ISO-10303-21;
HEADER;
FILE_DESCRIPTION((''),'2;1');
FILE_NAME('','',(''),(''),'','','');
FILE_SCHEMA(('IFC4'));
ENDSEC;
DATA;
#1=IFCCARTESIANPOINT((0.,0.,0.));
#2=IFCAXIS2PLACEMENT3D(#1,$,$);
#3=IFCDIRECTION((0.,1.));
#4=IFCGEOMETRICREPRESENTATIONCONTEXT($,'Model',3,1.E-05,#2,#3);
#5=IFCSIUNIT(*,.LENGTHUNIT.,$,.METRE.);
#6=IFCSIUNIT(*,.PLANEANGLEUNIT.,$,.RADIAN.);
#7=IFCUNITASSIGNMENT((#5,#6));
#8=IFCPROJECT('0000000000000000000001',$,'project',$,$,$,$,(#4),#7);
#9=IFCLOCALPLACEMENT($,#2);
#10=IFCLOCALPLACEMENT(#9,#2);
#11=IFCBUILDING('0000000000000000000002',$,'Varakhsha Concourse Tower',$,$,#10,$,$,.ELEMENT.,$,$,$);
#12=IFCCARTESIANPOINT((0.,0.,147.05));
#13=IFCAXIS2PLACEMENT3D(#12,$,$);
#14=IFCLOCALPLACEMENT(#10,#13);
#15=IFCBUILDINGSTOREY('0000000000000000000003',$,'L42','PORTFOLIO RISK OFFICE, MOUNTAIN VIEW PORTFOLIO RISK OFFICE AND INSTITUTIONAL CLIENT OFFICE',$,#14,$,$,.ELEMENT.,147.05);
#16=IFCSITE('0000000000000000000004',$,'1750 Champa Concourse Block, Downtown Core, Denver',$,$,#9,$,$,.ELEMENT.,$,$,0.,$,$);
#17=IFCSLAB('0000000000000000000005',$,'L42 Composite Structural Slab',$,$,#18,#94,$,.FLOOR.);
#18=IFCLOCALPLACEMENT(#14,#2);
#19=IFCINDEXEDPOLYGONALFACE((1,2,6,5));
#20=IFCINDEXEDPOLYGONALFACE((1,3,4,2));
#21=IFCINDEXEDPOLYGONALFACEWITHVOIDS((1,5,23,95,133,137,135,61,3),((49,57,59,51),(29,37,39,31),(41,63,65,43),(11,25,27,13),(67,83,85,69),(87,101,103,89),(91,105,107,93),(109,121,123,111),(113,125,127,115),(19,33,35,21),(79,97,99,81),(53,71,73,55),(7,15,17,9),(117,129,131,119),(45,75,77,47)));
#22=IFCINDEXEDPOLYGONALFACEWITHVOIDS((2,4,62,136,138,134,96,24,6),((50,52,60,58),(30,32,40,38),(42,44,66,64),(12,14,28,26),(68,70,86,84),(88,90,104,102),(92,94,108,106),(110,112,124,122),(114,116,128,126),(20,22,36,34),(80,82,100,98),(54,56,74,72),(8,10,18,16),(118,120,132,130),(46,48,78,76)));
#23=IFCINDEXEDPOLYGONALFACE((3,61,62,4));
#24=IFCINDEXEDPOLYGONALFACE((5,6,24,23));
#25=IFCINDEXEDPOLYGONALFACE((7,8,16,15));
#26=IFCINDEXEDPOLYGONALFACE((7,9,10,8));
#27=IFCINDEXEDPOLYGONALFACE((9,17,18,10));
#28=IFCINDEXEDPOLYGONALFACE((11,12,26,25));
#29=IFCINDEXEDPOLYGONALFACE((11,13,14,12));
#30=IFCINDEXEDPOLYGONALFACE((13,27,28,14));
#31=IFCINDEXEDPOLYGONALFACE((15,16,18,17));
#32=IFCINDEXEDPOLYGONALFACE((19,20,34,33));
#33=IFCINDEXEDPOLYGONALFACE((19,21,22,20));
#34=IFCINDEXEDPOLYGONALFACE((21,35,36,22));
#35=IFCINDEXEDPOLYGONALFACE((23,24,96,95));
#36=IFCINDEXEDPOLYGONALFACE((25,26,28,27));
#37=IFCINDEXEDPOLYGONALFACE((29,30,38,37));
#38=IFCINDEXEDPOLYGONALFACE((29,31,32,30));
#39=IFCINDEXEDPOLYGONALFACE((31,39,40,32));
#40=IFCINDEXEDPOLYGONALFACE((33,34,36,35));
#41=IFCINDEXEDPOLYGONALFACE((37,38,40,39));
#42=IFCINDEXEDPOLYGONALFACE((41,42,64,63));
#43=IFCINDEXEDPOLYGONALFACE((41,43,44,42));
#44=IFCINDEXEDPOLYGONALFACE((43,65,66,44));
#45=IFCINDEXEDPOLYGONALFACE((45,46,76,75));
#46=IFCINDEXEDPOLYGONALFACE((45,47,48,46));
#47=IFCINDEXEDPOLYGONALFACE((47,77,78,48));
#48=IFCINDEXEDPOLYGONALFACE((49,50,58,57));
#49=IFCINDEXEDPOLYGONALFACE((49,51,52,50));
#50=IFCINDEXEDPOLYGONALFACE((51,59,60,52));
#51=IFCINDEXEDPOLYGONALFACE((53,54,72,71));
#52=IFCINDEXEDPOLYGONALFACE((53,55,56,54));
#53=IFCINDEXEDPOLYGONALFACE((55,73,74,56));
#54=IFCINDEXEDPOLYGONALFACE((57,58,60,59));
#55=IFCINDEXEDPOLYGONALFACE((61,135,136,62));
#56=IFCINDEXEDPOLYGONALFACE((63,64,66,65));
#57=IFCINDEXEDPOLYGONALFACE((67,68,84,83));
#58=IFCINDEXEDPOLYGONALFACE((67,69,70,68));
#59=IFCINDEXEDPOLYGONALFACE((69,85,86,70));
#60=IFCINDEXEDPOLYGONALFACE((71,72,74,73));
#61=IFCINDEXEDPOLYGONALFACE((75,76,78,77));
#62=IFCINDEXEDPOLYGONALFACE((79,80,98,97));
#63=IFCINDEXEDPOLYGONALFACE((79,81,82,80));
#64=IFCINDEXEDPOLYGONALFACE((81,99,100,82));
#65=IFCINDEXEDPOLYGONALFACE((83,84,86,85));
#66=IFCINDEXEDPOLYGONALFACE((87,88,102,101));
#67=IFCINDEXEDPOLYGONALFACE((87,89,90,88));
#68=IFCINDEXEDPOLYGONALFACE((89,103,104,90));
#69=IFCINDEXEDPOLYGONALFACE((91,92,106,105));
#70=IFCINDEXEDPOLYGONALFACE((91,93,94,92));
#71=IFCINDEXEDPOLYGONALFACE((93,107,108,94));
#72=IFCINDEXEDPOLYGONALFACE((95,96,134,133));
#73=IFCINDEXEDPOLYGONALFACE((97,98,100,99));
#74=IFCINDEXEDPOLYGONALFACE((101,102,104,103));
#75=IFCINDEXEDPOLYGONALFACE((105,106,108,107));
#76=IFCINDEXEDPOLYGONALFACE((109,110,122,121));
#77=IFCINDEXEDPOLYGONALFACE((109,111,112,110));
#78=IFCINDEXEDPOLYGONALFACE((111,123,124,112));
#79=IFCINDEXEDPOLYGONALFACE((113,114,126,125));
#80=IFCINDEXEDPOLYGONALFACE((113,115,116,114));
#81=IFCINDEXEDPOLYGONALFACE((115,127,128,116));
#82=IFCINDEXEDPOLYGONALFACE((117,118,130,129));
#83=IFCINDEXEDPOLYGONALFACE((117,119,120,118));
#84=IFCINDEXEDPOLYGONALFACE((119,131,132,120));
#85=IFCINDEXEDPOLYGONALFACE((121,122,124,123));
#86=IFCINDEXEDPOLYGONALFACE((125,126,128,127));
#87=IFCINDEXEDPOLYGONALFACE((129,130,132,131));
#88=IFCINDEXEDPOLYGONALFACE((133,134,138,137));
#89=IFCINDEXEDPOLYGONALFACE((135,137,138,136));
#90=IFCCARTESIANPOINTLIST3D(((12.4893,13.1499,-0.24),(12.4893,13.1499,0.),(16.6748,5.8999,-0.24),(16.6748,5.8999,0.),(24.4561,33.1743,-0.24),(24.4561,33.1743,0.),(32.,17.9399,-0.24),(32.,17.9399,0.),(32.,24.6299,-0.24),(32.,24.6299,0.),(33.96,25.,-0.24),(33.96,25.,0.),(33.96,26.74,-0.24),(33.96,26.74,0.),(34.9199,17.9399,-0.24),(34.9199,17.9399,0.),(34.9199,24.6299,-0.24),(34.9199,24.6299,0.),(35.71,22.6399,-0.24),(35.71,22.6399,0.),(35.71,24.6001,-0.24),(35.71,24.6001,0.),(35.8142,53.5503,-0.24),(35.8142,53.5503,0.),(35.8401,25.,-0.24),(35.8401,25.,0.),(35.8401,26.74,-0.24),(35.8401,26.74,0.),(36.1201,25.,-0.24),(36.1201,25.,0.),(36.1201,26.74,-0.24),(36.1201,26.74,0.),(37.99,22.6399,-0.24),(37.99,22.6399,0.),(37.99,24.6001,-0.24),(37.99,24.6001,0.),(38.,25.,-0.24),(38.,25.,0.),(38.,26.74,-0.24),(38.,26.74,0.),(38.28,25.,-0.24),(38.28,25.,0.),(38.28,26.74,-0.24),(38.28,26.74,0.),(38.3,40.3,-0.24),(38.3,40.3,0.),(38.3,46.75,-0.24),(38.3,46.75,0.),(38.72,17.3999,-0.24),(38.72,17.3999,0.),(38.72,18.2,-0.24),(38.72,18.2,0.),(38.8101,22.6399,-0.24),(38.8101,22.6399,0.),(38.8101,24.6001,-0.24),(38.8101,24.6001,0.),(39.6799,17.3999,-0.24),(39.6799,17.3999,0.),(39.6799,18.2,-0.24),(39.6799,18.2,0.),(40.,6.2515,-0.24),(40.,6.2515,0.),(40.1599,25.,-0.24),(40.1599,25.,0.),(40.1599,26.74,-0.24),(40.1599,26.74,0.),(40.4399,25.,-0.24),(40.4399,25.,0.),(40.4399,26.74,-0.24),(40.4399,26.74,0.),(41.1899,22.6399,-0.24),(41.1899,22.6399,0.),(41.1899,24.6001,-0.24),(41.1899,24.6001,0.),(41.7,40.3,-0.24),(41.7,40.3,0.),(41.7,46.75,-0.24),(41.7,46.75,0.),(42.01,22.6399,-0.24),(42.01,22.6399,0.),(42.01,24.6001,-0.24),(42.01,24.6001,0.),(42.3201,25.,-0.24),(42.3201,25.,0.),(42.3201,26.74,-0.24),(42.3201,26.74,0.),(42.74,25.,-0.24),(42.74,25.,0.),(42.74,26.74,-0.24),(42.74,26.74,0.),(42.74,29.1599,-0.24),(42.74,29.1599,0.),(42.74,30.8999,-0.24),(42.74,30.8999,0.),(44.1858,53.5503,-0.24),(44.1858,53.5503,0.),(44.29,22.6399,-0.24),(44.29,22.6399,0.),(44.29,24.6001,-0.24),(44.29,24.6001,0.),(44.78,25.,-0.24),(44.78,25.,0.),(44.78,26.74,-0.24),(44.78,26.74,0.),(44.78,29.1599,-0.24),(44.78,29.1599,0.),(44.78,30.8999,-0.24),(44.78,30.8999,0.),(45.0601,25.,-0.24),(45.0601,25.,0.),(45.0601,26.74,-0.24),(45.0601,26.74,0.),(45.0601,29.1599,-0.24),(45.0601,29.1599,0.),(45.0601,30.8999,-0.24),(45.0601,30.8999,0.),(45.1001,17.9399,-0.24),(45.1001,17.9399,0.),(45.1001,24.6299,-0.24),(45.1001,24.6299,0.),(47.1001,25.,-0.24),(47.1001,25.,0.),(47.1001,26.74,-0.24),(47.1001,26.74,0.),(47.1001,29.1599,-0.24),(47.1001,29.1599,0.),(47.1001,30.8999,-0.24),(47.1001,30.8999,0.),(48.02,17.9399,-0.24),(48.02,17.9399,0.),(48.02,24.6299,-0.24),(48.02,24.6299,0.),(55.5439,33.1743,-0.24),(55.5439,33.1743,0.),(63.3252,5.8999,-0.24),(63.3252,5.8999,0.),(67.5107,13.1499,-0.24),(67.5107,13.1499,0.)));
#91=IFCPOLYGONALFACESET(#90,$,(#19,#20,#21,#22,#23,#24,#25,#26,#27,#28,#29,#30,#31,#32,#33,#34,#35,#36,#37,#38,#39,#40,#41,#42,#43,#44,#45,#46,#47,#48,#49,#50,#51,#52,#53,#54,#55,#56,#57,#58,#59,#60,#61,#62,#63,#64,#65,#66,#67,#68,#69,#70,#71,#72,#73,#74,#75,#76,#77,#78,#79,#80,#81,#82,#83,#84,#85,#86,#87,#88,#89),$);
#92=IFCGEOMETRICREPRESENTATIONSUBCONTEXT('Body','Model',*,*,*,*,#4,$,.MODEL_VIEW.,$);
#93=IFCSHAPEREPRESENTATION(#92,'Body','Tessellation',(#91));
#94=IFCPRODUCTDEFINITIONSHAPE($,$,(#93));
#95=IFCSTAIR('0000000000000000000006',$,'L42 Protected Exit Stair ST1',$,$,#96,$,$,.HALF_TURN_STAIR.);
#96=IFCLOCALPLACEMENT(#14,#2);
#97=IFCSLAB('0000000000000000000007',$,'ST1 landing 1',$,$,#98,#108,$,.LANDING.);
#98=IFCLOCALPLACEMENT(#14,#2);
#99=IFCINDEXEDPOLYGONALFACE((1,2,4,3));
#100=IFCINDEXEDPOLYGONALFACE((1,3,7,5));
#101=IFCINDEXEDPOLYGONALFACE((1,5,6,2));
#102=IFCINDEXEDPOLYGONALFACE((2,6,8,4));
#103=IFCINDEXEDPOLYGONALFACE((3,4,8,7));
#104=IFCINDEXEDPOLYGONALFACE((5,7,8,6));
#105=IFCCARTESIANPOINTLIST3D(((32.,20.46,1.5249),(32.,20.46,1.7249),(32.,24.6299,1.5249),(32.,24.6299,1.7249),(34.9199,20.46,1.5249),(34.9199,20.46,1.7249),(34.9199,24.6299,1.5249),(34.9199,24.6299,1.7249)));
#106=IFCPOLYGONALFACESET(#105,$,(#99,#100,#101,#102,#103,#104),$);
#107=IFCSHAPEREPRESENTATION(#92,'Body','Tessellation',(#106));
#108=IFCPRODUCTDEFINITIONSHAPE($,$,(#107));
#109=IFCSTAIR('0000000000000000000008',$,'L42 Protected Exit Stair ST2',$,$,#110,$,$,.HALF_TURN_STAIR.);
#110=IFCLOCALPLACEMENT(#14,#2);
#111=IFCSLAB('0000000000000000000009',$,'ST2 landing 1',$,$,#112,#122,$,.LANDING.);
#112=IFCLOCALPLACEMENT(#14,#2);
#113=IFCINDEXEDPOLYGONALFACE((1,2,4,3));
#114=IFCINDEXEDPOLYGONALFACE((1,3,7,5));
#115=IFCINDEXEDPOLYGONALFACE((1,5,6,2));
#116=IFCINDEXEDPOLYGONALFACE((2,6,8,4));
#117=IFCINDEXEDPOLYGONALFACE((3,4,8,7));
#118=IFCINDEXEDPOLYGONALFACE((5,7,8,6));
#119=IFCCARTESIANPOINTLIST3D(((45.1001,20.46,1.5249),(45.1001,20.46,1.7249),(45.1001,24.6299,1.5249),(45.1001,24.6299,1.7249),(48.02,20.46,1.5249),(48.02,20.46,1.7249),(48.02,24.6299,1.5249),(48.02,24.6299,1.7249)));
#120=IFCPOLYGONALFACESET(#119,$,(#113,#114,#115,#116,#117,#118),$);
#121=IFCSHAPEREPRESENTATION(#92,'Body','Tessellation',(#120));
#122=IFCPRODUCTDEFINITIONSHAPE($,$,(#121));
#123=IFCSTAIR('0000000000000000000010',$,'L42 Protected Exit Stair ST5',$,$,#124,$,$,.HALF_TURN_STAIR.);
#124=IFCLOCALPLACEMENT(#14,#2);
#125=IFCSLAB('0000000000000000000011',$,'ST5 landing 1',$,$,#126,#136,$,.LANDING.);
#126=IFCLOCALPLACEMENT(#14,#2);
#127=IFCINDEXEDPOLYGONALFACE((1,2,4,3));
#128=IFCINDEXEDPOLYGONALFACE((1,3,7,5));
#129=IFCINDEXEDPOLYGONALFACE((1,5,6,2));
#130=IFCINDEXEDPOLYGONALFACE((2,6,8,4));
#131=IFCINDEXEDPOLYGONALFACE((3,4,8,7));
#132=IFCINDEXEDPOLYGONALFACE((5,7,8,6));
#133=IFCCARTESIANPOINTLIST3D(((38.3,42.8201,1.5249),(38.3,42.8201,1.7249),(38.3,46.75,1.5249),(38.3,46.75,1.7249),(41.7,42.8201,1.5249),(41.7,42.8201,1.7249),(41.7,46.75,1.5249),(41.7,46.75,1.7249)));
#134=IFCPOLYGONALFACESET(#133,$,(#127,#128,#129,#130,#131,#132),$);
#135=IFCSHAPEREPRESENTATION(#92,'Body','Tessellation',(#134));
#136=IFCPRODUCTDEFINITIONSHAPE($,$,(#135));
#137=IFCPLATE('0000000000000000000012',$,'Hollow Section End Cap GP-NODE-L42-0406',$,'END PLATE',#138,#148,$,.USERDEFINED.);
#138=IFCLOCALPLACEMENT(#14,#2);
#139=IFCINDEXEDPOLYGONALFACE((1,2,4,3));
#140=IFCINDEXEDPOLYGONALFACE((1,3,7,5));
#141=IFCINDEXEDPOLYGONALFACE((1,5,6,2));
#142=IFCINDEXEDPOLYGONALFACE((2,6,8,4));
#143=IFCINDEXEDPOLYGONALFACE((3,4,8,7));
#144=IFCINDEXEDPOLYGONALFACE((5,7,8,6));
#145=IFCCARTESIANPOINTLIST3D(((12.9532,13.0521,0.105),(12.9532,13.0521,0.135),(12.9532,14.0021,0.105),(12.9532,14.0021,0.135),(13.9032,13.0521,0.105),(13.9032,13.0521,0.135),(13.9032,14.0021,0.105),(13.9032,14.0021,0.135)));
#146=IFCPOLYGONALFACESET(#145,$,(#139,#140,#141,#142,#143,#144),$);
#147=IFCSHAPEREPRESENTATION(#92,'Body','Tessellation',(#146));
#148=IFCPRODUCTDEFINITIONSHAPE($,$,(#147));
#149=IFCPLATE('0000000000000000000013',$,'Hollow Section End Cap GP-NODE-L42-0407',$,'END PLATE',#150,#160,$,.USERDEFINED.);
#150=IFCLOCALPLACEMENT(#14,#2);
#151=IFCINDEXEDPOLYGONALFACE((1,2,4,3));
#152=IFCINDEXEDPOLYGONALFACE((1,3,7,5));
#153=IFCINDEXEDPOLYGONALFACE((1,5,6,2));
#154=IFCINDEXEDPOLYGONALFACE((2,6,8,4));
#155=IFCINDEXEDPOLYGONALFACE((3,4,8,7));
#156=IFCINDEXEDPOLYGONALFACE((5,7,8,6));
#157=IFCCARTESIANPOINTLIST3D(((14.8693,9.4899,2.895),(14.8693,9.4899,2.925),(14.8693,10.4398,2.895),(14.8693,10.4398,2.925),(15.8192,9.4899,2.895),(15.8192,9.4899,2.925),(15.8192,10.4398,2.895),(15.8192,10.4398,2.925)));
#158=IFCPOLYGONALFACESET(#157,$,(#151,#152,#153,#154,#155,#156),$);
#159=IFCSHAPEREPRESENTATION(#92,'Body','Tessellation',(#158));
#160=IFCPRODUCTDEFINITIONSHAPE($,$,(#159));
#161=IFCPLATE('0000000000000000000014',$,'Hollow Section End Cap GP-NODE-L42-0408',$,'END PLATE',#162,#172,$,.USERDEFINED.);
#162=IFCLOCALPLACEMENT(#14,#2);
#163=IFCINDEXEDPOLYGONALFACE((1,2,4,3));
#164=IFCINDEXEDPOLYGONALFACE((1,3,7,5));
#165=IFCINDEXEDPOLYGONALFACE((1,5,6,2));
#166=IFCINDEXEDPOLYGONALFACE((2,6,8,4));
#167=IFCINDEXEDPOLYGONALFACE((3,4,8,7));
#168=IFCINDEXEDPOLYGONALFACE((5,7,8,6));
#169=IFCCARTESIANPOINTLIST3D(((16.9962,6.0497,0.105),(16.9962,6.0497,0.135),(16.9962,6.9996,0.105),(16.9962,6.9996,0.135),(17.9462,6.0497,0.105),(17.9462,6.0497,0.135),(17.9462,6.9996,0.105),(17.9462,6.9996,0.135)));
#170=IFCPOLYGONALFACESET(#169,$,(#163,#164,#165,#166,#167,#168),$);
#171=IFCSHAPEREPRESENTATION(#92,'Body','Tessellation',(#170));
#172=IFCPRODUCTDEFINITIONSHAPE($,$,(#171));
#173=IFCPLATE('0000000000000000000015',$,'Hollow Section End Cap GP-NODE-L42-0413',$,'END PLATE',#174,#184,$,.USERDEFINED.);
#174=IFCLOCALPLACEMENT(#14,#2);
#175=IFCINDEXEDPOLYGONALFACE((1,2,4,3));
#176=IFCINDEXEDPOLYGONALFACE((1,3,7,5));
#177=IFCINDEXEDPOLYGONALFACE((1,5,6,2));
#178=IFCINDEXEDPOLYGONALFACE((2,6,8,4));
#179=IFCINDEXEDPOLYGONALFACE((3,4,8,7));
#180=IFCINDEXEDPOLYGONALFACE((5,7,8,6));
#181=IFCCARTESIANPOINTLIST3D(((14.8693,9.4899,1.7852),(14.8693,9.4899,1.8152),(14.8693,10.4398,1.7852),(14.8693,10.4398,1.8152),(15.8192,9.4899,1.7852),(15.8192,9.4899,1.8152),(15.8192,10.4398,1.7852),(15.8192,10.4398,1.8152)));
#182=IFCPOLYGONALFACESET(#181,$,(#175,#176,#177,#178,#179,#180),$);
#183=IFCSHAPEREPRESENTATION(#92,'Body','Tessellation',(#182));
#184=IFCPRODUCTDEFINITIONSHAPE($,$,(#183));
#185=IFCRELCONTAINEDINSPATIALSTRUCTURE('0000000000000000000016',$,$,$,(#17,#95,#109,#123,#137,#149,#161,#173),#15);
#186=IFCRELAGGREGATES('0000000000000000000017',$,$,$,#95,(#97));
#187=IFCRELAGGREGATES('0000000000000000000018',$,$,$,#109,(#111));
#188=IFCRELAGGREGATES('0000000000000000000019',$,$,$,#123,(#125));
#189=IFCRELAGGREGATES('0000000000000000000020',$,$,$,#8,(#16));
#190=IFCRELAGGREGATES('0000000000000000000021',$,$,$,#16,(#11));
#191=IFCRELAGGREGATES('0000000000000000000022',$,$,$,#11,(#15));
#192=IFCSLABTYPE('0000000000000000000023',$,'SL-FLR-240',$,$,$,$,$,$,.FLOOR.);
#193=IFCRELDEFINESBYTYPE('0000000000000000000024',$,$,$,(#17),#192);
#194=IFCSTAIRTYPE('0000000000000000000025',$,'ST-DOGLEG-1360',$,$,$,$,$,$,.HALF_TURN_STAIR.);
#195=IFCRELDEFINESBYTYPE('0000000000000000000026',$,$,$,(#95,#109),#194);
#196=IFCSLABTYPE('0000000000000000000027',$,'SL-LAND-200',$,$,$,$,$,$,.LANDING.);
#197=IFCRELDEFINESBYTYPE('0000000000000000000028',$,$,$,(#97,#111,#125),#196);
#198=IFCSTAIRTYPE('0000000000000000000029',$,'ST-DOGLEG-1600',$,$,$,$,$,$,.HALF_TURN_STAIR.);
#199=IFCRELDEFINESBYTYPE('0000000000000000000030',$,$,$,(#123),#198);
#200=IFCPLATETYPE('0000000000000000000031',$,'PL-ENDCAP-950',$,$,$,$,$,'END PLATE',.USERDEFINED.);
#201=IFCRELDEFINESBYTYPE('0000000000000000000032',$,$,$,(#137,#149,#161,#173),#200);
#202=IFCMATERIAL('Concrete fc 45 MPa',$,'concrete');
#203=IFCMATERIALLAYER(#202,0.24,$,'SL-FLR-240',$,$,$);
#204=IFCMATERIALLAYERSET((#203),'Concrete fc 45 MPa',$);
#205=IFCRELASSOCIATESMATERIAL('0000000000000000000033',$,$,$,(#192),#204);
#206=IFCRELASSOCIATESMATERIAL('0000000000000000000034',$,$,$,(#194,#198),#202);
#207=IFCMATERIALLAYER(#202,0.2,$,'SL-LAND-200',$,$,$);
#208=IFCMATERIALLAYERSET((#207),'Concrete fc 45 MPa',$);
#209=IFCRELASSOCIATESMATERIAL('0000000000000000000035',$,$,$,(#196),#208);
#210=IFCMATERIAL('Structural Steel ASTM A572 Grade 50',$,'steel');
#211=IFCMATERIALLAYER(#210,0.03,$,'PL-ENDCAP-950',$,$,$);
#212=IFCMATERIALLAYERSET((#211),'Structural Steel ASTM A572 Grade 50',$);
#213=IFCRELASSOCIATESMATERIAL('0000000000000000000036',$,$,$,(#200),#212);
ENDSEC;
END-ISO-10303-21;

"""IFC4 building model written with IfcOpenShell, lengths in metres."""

from ifc_helpers import new_model, si_unit, direction, frame, origin, origin_2d, place, context, subcontext, project, spatial, polyline, rectangle, outline, extrude, source, transform, mapped, material, layer, layer_set, type_object, type_shapes, element, aggregate, save


model = new_model("IFC4")

# Units and contexts
model_context = context("Model", 3, precision=1e-05, world=origin(), true_north=direction((0.0, 1.0)))
body_context = subcontext(model_context, "Body", "Model", "MODEL_VIEW")
ifc_project = project(units=[si_unit("LENGTHUNIT", "METRE"), si_unit("PLANEANGLEUNIT", "RADIAN")], contexts=[model_context])

# Site, building, storey
site_placement = place(None, origin())
site = spatial("IfcSite", under=ifc_project, at=site_placement, Name="1750 Champa Concourse Block, Downtown Core, Denver", CompositionType="ELEMENT", RefElevation=0.0)
building_placement = place(site_placement, origin())
building = spatial("IfcBuilding", under=site, at=building_placement, Name="Varakhsha Concourse Tower", CompositionType="ELEMENT")
storey_placement = place(building_placement, frame((0.0, 0.0, 147.05)))
storey = spatial("IfcBuildingStorey", under=building, at=storey_placement, Name="L42", Description="PORTFOLIO RISK OFFICE, MOUNTAIN VIEW PORTFOLIO RISK OFFICE AND INSTITUTIONAL CLIENT OFFICE", CompositionType="ELEMENT", Elevation=147.05)

# Shared definitions
ifc_material_1 = material(Name="Structural Steel ASTM A572 Grade 50", Category="steel")

# Slab
ifc_material_2 = material(Name="Concrete fc 45 MPa", Category="concrete")
ifc_layer_1 = layer(ifc_material_2, 0.24, Name="SL-FLR-240")
ifc_layer_set_1 = layer_set([ifc_layer_1], Name="Concrete fc 45 MPa")
slab_type_1 = type_object("IfcSlabType", Name="SL-FLR-240", PredefinedType="FLOOR", material=ifc_layer_set_1)
slab_1_placement = place(storey_placement, frame((0.0, 0.0, -0.24)))
element("IfcSlab", 1, at=slab_1_placement, inside=storey, type_object=slab_type_1, Name="L42 Composite Structural Slab", PredefinedType="FLOOR", context=body_context, shape_type="SweptSolid", body=[
    extrude(outline(polyline([(44.1858, 53.5503), (35.8142, 53.5503), (24.4561, 33.1743), (12.4893, 13.1499), (16.6748, 5.8999), (40.0, 6.2515), (63.3252, 5.8999), (67.5107, 13.1499), (55.5439, 33.1743), (44.1858, 53.5503)]), holes=[polyline([(34.9199, 17.9399), (34.9199, 24.6299), (32.0, 24.6299), (32.0, 17.9399), (34.9199, 17.9399)]), polyline([(48.02, 17.9399), (48.02, 24.6299), (45.1001, 24.6299), (45.1001, 17.9399), (48.02, 17.9399)]), polyline([(41.7, 40.3), (41.7, 46.75), (38.3, 46.75), (38.3, 40.3), (41.7, 40.3)]), polyline([(33.96, 25.0), (35.8401, 25.0), (35.8401, 26.74), (33.96, 26.74), (33.96, 25.0)]), polyline([(36.1201, 25.0), (38.0, 25.0), (38.0, 26.74), (36.1201, 26.74), (36.1201, 25.0)]), polyline([(38.28, 25.0), (40.1599, 25.0), (40.1599, 26.74), (38.28, 26.74), (38.28, 25.0)]), polyline([(40.4399, 25.0), (42.3201, 25.0), (42.3201, 26.74), (40.4399, 26.74), (40.4399, 25.0)]), polyline([(42.74, 29.1599), (44.78, 29.1599), (44.78, 30.8999), (42.74, 30.8999), (42.74, 29.1599)]), polyline([(45.0601, 29.1599), (47.1001, 29.1599), (47.1001, 30.8999), (45.0601, 30.8999), (45.0601, 29.1599)]), polyline([(42.74, 25.0), (44.78, 25.0), (44.78, 26.74), (42.74, 26.74), (42.74, 25.0)]), polyline([(45.0601, 25.0), (47.1001, 25.0), (47.1001, 26.74), (45.0601, 26.74), (45.0601, 25.0)]), polyline([(35.71, 22.6399), (37.99, 22.6399), (37.99, 24.6001), (35.71, 24.6001), (35.71, 22.6399)]), polyline([(42.01, 22.6399), (44.29, 22.6399), (44.29, 24.6001), (42.01, 24.6001), (42.01, 22.6399)]), polyline([(38.8101, 22.6399), (41.1899, 22.6399), (41.1899, 24.6001), (38.8101, 24.6001), (38.8101, 22.6399)]), polyline([(38.72, 17.3999), (39.6799, 17.3999), (39.6799, 18.2), (38.72, 18.2), (38.72, 17.3999)])]), origin(), (0.0, 0.0, 1.0), 0.24),
])

# Stairs, slabs
stair_type_1 = type_object("IfcStairType", Name="ST-DOGLEG-1360", PredefinedType="HALF_TURN_STAIR", material=ifc_material_2)
stair_1_placement = place(storey_placement, origin())
stair_1 = element("IfcStair", 2, at=stair_1_placement, inside=storey, type_object=stair_type_1, Name="L42 Protected Exit Stair ST1", PredefinedType="HALF_TURN_STAIR")
ifc_layer_2 = layer(ifc_material_2, 0.2, Name="SL-LAND-200")
ifc_layer_set_2 = layer_set([ifc_layer_2], Name="Concrete fc 45 MPa")
slab_type_2 = type_object("IfcSlabType", Name="SL-LAND-200", PredefinedType="LANDING", material=ifc_layer_set_2)
slab_2_placement = place(storey_placement, frame((0.0, 0.0, 1.5249)))
slab_2 = element("IfcSlab", 3, at=slab_2_placement, type_object=slab_type_2, Name="ST1 landing 1", PredefinedType="LANDING", context=body_context, shape_type="SweptSolid", body=[
    extrude(outline(polyline([(34.9199, 20.46), (34.9199, 24.6299), (32.0, 24.6299), (32.0, 20.46), (34.9199, 20.46)])), origin(), (0.0, 0.0, 1.0), 0.2),
])
aggregate(stair_1, [slab_2])
stair_2_placement = place(storey_placement, origin())
stair_2 = element("IfcStair", 4, at=stair_2_placement, inside=storey, type_object=stair_type_1, Name="L42 Protected Exit Stair ST2", PredefinedType="HALF_TURN_STAIR")
slab_3_placement = place(storey_placement, frame((0.0, 0.0, 1.5249)))
slab_3 = element("IfcSlab", 5, at=slab_3_placement, type_object=slab_type_2, Name="ST2 landing 1", PredefinedType="LANDING", context=body_context, shape_type="SweptSolid", body=[
    extrude(outline(polyline([(48.02, 20.46), (48.02, 24.6299), (45.1001, 24.6299), (45.1001, 20.46), (48.02, 20.46)])), origin(), (0.0, 0.0, 1.0), 0.2),
])
aggregate(stair_2, [slab_3])
stair_type_2 = type_object("IfcStairType", Name="ST-DOGLEG-1600", PredefinedType="HALF_TURN_STAIR", material=ifc_material_2)
stair_3_placement = place(storey_placement, origin())
stair_3 = element("IfcStair", 6, at=stair_3_placement, inside=storey, type_object=stair_type_2, Name="L42 Protected Exit Stair ST5", PredefinedType="HALF_TURN_STAIR")
slab_4_placement = place(storey_placement, frame((0.0, 0.0, 1.5249)))
slab_4 = element("IfcSlab", 7, at=slab_4_placement, type_object=slab_type_2, Name="ST5 landing 1", PredefinedType="LANDING", context=body_context, shape_type="SweptSolid", body=[
    extrude(outline(polyline([(41.7, 42.8201), (41.7, 46.75), (38.3, 46.75), (38.3, 42.8201), (41.7, 42.8201)])), origin(), (0.0, 0.0, 1.0), 0.2),
])
aggregate(stair_3, [slab_4])

# Plates
ifc_layer_3 = layer(ifc_material_1, 0.03, Name="PL-ENDCAP-950")
ifc_layer_set_3 = layer_set([ifc_layer_3], Name="Structural Steel ASTM A572 Grade 50")
plate_type_1 = type_object("IfcPlateType", Name="PL-ENDCAP-950", ElementType="END PLATE", PredefinedType="USERDEFINED", material=ifc_layer_set_3)
shared_shape_1 = source(origin(), body_context, "Body", "SweptSolid", [
    extrude(rectangle(XDim=0.95, YDim=0.95, at=origin_2d()), origin(), (0.0, 0.0, 1.0), 0.03),
])
type_shapes(plate_type_1, [shared_shape_1])
for number, where, z_axis, x_axis, name in (
    (8, (13.4282, 13.5271, 0.105), (0.0, 0.0, 1.0), (1.0, 0.0, 0.0), "Hollow Section End Cap GP-NODE-L42-0406"),
    (9, (15.3442, 9.9648, 2.895), (0.0, 0.0, 1.0), (1.0, 0.0, 0.0), "Hollow Section End Cap GP-NODE-L42-0407"),
    (10, (17.4712, 6.5247, 0.105), (0.0, 0.0, 1.0), (1.0, 0.0, 0.0), "Hollow Section End Cap GP-NODE-L42-0408"),
    (11, (15.3442, 9.9648, 1.7852), (0.0, 0.0, 1.0), (1.0, 0.0, 0.0), "Hollow Section End Cap GP-NODE-L42-0413"),
):
    element("IfcPlate", number, at=place(storey_placement, frame(where, z_axis=z_axis, x_axis=x_axis)), inside=storey, type_object=plate_type_1, Name=name, ObjectType="END PLATE", PredefinedType="USERDEFINED", context=body_context, shape_type="MappedRepresentation", body=[
        mapped(shared_shape_1, transform((0.0, 0.0, 0.0), scale=1.0)),
    ])

save(model, "model.ifc")
